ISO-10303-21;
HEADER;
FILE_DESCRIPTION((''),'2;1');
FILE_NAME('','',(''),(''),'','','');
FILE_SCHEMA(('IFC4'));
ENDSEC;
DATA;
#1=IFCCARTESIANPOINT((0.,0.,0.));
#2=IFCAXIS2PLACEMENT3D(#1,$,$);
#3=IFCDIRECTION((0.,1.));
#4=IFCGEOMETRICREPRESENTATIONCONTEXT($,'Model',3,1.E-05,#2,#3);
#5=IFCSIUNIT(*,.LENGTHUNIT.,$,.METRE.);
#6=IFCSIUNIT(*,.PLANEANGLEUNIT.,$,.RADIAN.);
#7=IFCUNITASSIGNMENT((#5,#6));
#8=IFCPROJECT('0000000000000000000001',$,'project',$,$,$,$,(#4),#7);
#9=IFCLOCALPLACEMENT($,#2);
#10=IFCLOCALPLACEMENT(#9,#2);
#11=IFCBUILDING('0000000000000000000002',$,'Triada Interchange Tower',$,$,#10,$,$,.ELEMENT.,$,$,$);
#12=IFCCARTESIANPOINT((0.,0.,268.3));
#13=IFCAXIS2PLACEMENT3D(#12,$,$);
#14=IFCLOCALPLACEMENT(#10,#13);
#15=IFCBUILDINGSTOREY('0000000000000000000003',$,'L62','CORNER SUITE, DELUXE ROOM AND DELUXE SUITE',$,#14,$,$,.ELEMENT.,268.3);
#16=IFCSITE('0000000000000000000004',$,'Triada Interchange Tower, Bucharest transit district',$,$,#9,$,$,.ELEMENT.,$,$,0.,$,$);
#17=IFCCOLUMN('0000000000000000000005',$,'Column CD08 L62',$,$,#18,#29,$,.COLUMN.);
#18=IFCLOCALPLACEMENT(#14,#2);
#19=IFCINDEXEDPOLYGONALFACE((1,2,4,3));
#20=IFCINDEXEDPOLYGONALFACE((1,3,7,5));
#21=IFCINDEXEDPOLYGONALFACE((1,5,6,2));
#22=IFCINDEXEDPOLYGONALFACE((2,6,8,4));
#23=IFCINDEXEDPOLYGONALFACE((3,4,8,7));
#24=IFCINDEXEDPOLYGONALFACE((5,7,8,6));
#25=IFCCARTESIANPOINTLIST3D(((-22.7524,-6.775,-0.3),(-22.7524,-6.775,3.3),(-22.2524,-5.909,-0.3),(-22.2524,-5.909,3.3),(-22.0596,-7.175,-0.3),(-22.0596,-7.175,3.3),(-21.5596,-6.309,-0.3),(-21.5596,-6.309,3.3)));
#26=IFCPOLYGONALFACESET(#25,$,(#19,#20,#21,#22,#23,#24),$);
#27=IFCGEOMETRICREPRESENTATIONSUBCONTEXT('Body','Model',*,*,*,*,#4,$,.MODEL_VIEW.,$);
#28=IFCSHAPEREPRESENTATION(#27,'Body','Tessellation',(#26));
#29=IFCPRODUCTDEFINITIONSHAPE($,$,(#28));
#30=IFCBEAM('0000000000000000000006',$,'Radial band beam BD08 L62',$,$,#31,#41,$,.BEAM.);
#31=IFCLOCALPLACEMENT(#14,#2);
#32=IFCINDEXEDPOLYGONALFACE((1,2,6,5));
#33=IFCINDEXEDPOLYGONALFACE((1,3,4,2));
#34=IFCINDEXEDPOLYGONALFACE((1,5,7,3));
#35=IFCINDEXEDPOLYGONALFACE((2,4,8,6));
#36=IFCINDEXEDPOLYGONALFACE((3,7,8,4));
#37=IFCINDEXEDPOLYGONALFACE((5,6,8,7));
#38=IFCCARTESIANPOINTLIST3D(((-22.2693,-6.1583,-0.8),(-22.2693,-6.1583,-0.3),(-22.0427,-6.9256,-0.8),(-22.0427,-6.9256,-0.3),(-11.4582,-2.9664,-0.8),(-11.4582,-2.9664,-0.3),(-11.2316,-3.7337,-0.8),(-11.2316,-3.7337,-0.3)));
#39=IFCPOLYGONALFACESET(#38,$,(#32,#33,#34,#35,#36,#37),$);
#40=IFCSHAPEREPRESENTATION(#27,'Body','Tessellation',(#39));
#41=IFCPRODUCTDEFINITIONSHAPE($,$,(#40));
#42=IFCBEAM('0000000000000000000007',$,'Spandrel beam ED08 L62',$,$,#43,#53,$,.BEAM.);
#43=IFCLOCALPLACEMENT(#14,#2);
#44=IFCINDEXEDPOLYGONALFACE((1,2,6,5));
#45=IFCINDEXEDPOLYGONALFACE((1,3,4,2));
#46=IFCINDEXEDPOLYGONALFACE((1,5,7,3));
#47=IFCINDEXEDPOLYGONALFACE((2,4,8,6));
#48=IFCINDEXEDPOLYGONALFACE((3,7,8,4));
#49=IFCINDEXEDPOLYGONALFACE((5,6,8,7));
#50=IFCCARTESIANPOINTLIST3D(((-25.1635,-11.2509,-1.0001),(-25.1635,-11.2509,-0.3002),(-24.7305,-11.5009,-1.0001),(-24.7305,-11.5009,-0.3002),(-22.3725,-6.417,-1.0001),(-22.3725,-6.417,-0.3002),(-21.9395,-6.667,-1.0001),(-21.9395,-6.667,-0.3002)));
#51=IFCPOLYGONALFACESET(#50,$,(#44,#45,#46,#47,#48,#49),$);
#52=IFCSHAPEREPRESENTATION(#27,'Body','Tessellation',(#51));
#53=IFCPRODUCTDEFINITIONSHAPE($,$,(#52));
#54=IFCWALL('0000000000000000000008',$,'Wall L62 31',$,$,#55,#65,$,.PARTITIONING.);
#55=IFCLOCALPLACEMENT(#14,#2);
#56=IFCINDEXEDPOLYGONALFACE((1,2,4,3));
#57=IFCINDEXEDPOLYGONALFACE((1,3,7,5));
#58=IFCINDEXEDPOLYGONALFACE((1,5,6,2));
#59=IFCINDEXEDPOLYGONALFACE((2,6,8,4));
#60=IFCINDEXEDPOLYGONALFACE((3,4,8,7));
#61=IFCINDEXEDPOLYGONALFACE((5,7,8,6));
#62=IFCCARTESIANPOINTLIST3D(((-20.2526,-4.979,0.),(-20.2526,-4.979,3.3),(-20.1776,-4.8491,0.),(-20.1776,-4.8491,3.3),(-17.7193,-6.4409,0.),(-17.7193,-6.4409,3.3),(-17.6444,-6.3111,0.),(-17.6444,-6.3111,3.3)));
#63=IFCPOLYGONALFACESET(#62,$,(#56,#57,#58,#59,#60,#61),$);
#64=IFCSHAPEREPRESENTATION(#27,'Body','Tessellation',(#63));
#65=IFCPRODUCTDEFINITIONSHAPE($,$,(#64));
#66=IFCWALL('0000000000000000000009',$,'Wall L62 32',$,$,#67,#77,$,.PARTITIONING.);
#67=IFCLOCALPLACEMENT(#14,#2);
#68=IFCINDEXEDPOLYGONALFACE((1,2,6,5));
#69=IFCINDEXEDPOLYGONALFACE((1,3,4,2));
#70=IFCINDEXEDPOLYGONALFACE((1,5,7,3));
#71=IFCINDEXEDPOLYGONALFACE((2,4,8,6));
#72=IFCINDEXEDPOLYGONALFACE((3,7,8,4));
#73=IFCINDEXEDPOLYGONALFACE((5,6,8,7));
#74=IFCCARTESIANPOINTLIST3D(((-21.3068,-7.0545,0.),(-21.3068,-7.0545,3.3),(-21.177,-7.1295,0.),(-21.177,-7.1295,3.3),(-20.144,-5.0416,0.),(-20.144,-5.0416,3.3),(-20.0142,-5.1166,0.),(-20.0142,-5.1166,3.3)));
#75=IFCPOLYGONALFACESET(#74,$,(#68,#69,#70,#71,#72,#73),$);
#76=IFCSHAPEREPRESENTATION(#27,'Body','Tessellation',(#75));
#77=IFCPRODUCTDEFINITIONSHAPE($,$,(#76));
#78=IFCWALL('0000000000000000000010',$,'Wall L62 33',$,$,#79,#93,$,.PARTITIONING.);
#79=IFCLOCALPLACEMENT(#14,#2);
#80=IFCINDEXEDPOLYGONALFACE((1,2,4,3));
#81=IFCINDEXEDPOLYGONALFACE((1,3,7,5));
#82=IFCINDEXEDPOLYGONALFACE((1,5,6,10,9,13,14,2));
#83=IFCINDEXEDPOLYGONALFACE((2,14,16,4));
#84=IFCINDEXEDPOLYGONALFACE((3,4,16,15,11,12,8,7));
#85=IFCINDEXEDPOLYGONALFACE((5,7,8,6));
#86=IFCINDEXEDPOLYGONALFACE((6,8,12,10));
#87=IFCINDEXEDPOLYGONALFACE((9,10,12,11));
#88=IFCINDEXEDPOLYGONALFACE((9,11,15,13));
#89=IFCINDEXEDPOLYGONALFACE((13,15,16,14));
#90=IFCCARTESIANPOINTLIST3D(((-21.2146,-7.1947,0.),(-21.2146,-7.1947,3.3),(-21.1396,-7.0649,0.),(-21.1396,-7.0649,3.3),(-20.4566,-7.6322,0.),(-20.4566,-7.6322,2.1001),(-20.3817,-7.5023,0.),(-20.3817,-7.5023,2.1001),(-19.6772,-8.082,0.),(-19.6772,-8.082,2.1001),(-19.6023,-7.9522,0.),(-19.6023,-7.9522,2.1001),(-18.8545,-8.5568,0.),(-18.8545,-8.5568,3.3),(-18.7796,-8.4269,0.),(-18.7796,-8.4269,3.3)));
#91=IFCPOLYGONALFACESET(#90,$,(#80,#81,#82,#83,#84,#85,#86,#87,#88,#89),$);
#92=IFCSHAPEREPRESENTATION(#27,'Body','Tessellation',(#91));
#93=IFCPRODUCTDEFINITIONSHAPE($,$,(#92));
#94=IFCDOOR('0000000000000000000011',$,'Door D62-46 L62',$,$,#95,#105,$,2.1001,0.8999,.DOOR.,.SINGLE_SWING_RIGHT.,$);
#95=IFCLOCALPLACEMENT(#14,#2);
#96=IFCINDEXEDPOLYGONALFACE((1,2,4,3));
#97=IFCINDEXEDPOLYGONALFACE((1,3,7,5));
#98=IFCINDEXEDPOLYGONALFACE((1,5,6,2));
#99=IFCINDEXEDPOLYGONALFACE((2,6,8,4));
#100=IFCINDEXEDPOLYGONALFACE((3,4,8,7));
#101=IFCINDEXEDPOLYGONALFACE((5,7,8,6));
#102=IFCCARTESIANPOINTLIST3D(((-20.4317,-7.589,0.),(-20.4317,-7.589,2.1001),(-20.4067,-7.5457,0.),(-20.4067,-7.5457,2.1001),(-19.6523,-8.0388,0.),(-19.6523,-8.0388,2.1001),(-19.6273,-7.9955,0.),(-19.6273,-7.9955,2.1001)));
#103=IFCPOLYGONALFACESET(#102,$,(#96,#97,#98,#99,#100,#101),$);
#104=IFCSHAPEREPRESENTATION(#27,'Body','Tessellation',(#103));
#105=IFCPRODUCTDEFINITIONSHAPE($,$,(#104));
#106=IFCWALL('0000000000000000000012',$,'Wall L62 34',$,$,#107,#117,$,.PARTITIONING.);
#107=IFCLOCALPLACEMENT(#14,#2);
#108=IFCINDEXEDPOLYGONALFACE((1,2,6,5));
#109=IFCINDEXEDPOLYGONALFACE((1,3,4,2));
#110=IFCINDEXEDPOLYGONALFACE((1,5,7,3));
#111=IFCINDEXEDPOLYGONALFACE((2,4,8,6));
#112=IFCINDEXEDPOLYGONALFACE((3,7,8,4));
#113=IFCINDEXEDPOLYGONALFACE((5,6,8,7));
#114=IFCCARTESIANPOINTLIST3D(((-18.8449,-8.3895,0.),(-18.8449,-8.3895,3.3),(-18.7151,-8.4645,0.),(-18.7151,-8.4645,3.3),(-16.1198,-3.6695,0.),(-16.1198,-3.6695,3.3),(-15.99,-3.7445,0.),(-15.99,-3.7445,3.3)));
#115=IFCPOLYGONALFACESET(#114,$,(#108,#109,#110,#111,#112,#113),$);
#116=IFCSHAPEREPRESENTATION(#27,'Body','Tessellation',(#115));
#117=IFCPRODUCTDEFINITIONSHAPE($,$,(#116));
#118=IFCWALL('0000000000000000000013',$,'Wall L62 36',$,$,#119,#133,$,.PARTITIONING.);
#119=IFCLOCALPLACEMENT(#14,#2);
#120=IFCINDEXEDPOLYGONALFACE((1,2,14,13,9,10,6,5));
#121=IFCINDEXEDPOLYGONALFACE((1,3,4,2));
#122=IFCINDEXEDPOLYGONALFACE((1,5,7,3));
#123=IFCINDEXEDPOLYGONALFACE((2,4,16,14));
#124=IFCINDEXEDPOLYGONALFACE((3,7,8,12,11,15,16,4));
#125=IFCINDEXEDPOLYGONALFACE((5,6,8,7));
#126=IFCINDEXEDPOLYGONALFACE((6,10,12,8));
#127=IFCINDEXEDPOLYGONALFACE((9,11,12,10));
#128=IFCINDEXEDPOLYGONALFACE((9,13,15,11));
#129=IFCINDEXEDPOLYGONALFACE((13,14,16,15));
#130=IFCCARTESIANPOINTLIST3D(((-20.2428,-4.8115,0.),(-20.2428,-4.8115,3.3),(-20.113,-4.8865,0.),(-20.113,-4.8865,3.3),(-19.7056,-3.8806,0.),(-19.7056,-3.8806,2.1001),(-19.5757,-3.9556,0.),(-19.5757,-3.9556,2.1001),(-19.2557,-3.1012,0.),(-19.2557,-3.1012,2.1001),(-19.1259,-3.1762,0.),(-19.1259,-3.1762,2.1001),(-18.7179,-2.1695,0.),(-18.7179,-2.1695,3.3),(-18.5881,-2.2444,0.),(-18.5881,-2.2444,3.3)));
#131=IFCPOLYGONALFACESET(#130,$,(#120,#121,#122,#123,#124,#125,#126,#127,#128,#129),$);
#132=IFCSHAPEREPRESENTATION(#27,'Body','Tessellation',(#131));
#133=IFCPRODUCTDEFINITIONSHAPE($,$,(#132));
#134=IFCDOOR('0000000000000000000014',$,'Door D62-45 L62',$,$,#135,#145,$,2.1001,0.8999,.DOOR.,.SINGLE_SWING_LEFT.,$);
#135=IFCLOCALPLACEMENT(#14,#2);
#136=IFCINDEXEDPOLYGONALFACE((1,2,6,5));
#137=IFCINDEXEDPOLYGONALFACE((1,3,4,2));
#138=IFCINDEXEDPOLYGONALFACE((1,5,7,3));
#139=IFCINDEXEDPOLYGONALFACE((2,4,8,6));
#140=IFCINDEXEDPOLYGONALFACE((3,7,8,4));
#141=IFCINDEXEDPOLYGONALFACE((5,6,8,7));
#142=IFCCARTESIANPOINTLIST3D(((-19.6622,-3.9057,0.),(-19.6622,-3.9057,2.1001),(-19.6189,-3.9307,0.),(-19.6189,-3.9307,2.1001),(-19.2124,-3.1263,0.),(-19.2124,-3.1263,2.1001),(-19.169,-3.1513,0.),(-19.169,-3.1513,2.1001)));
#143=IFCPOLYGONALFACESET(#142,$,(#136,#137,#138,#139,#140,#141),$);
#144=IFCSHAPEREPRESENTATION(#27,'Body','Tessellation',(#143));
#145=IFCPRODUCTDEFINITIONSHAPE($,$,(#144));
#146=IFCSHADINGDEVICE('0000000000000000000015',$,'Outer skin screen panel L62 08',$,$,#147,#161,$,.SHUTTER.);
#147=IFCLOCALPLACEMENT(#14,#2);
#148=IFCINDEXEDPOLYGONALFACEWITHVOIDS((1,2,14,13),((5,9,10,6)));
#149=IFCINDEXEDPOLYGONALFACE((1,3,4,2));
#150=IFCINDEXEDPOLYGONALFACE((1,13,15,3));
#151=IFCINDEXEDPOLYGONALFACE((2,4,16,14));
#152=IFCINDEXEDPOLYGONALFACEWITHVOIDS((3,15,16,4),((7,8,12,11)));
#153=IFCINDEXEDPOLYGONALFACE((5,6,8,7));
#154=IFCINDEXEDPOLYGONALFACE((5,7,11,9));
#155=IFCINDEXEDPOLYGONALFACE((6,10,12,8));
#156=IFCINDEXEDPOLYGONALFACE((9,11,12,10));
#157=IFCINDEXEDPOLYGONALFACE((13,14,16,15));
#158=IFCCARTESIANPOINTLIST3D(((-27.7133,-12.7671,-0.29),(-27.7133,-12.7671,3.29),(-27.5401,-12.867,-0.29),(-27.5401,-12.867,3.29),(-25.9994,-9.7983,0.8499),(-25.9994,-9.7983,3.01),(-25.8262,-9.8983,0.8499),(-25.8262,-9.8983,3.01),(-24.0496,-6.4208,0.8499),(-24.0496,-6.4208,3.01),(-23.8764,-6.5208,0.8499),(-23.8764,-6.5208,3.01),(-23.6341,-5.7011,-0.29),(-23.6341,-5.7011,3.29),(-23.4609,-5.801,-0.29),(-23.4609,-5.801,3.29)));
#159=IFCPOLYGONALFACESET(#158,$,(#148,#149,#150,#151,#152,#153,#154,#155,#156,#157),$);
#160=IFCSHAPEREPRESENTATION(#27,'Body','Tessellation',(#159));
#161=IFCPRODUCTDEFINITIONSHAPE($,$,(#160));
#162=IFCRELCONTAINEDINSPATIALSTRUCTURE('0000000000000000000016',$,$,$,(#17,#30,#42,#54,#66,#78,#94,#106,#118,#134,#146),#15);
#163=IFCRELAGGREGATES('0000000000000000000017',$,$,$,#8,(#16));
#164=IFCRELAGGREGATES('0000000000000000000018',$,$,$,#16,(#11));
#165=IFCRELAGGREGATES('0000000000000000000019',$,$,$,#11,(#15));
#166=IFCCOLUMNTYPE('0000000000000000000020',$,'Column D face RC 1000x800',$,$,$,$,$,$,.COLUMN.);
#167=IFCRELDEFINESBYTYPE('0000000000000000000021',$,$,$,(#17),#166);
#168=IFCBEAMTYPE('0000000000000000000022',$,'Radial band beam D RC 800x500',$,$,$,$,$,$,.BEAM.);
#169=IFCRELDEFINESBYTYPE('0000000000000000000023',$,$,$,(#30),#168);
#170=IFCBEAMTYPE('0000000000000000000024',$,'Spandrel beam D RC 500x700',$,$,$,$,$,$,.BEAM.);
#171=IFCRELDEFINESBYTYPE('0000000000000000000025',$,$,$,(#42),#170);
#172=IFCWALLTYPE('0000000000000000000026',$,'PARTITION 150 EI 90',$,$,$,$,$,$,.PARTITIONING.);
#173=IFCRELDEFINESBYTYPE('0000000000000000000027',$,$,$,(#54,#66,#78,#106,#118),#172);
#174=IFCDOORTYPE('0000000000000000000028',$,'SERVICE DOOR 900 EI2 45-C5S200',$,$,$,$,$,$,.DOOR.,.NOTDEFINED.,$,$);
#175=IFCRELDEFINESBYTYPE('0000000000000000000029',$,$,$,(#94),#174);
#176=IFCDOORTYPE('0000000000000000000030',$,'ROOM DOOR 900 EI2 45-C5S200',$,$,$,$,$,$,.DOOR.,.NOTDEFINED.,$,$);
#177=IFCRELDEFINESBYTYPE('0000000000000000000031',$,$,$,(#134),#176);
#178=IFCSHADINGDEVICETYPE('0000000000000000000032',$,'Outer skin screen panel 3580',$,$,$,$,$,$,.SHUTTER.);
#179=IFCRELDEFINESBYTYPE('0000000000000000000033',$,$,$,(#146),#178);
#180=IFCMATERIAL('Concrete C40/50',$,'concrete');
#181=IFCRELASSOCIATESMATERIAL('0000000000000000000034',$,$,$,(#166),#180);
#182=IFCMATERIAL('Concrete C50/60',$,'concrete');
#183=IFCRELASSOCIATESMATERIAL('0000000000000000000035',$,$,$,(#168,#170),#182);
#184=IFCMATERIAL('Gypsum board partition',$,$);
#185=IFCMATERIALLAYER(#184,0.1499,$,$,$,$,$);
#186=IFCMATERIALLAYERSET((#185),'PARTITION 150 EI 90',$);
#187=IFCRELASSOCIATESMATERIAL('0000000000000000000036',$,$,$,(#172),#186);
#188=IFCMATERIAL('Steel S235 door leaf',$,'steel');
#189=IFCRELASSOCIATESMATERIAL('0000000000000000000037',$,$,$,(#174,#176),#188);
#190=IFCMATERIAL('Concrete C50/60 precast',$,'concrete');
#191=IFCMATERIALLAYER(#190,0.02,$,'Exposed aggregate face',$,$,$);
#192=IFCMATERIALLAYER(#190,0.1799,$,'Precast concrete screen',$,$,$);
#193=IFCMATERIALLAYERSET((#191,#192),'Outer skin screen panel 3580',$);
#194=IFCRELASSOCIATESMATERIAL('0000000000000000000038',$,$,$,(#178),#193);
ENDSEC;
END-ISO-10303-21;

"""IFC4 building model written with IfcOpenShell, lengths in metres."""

from ifc_helpers import new_model, si_unit, direction, frame, frame_2d, origin, origin_2d, place, context, subcontext, project, spatial, polyline, rectangle, outline, extrude, material, layer, layer_set, material_profile, profile_set, type_object, element, fill, save


model = new_model("IFC4")

# Units and contexts
model_context = context("Model", 3, precision=1e-05, world=origin(), true_north=direction((0.0, 1.0)))
body_context = subcontext(model_context, "Body", "Model", "MODEL_VIEW")
ifc_project = project(units=[si_unit("LENGTHUNIT", "METRE"), si_unit("PLANEANGLEUNIT", "RADIAN")], contexts=[model_context])

# Site, building, storey
site_placement = place(None, origin())
site = spatial("IfcSite", under=ifc_project, at=site_placement, Name="Triada Interchange Tower, Bucharest transit district", CompositionType="ELEMENT", RefElevation=0.0)
building_placement = place(site_placement, origin())
building = spatial("IfcBuilding", under=site, at=building_placement, Name="Triada Interchange Tower", CompositionType="ELEMENT")
storey_placement = place(building_placement, frame((0.0, 0.0, 268.3)))
storey = spatial("IfcBuildingStorey", under=building, at=storey_placement, Name="L62", Description="CORNER SUITE, DELUXE ROOM AND DELUXE SUITE", CompositionType="ELEMENT", Elevation=268.3)

# Column
ifc_material_1 = material(Name="Concrete C40/50", Category="concrete")
ifc_material_profile_1 = material_profile(ifc_material_1, rectangle(XDim=1.0, YDim=0.8, at=origin_2d()), Name="RC 1000x800")
ifc_profile_set_1 = profile_set([ifc_material_profile_1], Name="Concrete C40/50")
column_type = type_object("IfcColumnType", Name="Column D face RC 1000x800", PredefinedType="COLUMN", material=ifc_profile_set_1)
column_placement = place(storey_placement, frame((-22.156, -6.542, -0.3), z_axis=(0.0, 0.0, 1.0), x_axis=(0.5, 0.866025, 0.0)))
element("IfcColumn", 1, at=column_placement, inside=storey, type_object=column_type, Name="Column CD08 L62", PredefinedType="COLUMN", context=body_context, shape_type="SweptSolid", body=[
    extrude(rectangle(XDim=1.0, YDim=0.8, at=origin_2d()), origin(), (0.0, 0.0, 1.0), 3.6001),
])

# Beams
ifc_material_2 = material(Name="Concrete C50/60", Category="concrete")
ifc_material_profile_2 = material_profile(ifc_material_2, rectangle(XDim=0.8, YDim=0.5, at=origin_2d()), Name="RC 800x500")
ifc_profile_set_2 = profile_set([ifc_material_profile_2], Name="Concrete C50/60")
beam_type_1 = type_object("IfcBeamType", Name="Radial band beam D RC 800x500", PredefinedType="BEAM", material=ifc_profile_set_2)
beam_1_placement = place(storey_placement, frame((-22.156, -6.542, -0.55), z_axis=(0.959073, 0.283161, 0.0), x_axis=(-0.283161, 0.959073, 0.0)))
element("IfcBeam", 2, at=beam_1_placement, inside=storey, type_object=beam_type_1, Name="Radial band beam BD08 L62", PredefinedType="BEAM", context=body_context, shape_type="SweptSolid", body=[
    extrude(rectangle(XDim=0.8, YDim=0.5, at=origin_2d()), origin(), (0.0, 0.0, 1.0), 11.2725),
])
ifc_material_profile_3 = material_profile(ifc_material_2, rectangle(XDim=0.5, YDim=0.7, at=origin_2d()), Name="RC 500x700")
ifc_profile_set_3 = profile_set([ifc_material_profile_3], Name="Concrete C50/60")
beam_type_2 = type_object("IfcBeamType", Name="Spandrel beam D RC 500x700", PredefinedType="BEAM", material=ifc_profile_set_3)
beam_2_placement = place(storey_placement, frame((-22.156, -6.542, -0.6501), z_axis=(-0.500015, -0.866017, 0.0), x_axis=(0.866017, -0.500015, 0.0)))
element("IfcBeam", 3, at=beam_2_placement, inside=storey, type_object=beam_type_2, Name="Spandrel beam ED08 L62", PredefinedType="BEAM", context=body_context, shape_type="SweptSolid", body=[
    extrude(rectangle(XDim=0.5, YDim=0.7, at=origin_2d()), origin(), (0.0, 0.0, 1.0), 5.5818),
])

# Walls
ifc_material_3 = material(Name="Gypsum board partition")
ifc_layer_1 = layer(ifc_material_3, 0.1499)
ifc_layer_set_1 = layer_set([ifc_layer_1], Name="PARTITION 150 EI 90")
wall_type = type_object("IfcWallType", Name="PARTITION 150 EI 90", PredefinedType="PARTITIONING", material=ifc_layer_set_1)
wall_1_placement = place(storey_placement, frame((-20.2151, -4.9141, 0.0), z_axis=(0.0, 0.0, 1.0), x_axis=(0.866119, -0.499838, 0.0)))
element("IfcWall", 4, at=wall_1_placement, inside=storey, type_object=wall_type, Name="Wall L62 31", PredefinedType="PARTITIONING", context=body_context, shape_type="SweptSolid", body=[
    extrude(rectangle(XDim=2.9248, YDim=0.1499, at=frame_2d((1.4624, 0.0))), origin(), (0.0, 0.0, 1.0), 3.3),
])
wall_2_placement = place(storey_placement, frame((-21.2419, -7.092, 0.0), z_axis=(0.0, 0.0, 1.0), x_axis=(0.500216, 0.8659, 0.0)))
element("IfcWall", 5, at=wall_2_placement, inside=storey, type_object=wall_type, Name="Wall L62 32", PredefinedType="PARTITIONING", context=body_context, shape_type="SweptSolid", body=[
    extrude(rectangle(XDim=2.3247, YDim=0.1499, at=frame_2d((1.1624, 0.0))), origin(), (0.0, 0.0, 1.0), 3.3),
])

# Wall, opening, door
wall_3_placement = place(storey_placement, frame((-21.177, -7.1299, 0.0), z_axis=(0.0, 0.0, 1.0), x_axis=(0.866112, -0.499849, 0.0)))
wall_3 = element("IfcWall", 6, at=wall_3_placement, inside=storey, type_object=wall_type, Name="Wall L62 33", PredefinedType="PARTITIONING", context=body_context, shape_type="SweptSolid", body=[
    extrude(rectangle(XDim=2.7249, YDim=0.1499, at=frame_2d((1.3623, 0.0))), origin(), (0.0, 0.0, 1.0), 3.3),
])
opening_1_placement = place(wall_3_placement, frame((0.875, 0.0, 0.0)))
opening_1 = element("IfcOpeningElement", 7, at=opening_1_placement, cuts=wall_3, PredefinedType="OPENING", context=body_context, shape_type="SweptSolid", body=[
    extrude(rectangle(XDim=0.8999, YDim=2.1001, at=frame_2d((0.45, 1.05))), frame((0.0, 0.085, 0.0), z_axis=(0.0, -1.0, 0.0), x_axis=(1.0, 0.0, 0.0)), (0.0, 0.0, 1.0), 0.1699),
])
ifc_material_4 = material(Name="Steel S235 door leaf", Category="steel")
door_type_1 = type_object("IfcDoorType", Name="SERVICE DOOR 900 EI2 45-C5S200", OperationType="NOTDEFINED", PredefinedType="DOOR", material=ifc_material_4)
door_1_placement = place(opening_1_placement, origin())
door_1 = element("IfcDoor", 8, at=door_1_placement, inside=storey, type_object=door_type_1, Name="Door D62-46 L62", OperationType="SINGLE_SWING_RIGHT", OverallHeight=2.1001, OverallWidth=0.8999, PredefinedType="DOOR", context=body_context, shape_type="SweptSolid", body=[
    extrude(rectangle(XDim=0.8999, YDim=2.1001, at=frame_2d((0.45, 1.05))), frame((0.0, 0.0249, 0.0), z_axis=(0.0, -1.0, 0.0), x_axis=(1.0, 0.0, 0.0)), (0.0, 0.0, 1.0), 0.05),
])
fill(opening_1, door_1)

# Wall
wall_4_placement = place(storey_placement, frame((-18.78, -8.427, 0.0), z_axis=(0.0, 0.0, 1.0), x_axis=(0.500003, 0.866024, 0.0)))
element("IfcWall", 9, at=wall_4_placement, inside=storey, type_object=wall_type, Name="Wall L62 34", PredefinedType="PARTITIONING", context=body_context, shape_type="SweptSolid", body=[
    extrude(rectangle(XDim=5.4502, YDim=0.1499, at=frame_2d((2.7251, 0.0))), origin(), (0.0, 0.0, 1.0), 3.3),
])

# Wall, opening, door
wall_5_placement = place(storey_placement, frame((-20.178, -4.8491, 0.0), z_axis=(0.0, 0.0, 1.0), x_axis=(0.499875, 0.866098, 0.0)))
wall_5 = element("IfcWall", 10, at=wall_5_placement, inside=storey, type_object=wall_type, Name="Wall L62 36", PredefinedType="PARTITIONING", context=body_context, shape_type="SweptSolid", body=[
    extrude(rectangle(XDim=3.0505, YDim=0.1499, at=frame_2d((1.5254, 0.0))), origin(), (0.0, 0.0, 1.0), 3.3),
])
opening_2_placement = place(wall_5_placement, frame((1.075, 0.0, 0.0)))
opening_2 = element("IfcOpeningElement", 11, at=opening_2_placement, cuts=wall_5, PredefinedType="OPENING", context=body_context, shape_type="SweptSolid", body=[
    extrude(rectangle(XDim=0.8999, YDim=2.1001, at=frame_2d((0.45, 1.05))), frame((0.0, 0.085, 0.0), z_axis=(0.0, -1.0, 0.0), x_axis=(1.0, 0.0, 0.0)), (0.0, 0.0, 1.0), 0.1699),
])
door_type_2 = type_object("IfcDoorType", Name="ROOM DOOR 900 EI2 45-C5S200", OperationType="NOTDEFINED", PredefinedType="DOOR", material=ifc_material_4)
door_2_placement = place(opening_2_placement, origin())
door_2 = element("IfcDoor", 12, at=door_2_placement, inside=storey, type_object=door_type_2, Name="Door D62-45 L62", OperationType="SINGLE_SWING_LEFT", OverallHeight=2.1001, OverallWidth=0.8999, PredefinedType="DOOR", context=body_context, shape_type="SweptSolid", body=[
    extrude(rectangle(XDim=0.8999, YDim=2.1001, at=frame_2d((0.45, 1.05))), frame((0.0, 0.0249, 0.0), z_axis=(0.0, -1.0, 0.0), x_axis=(1.0, 0.0, 0.0)), (0.0, 0.0, 1.0), 0.05),
])
fill(opening_2, door_2)

# Shading device
ifc_material_5 = material(Name="Concrete C50/60 precast", Category="concrete")
ifc_layer_2 = layer(ifc_material_5, 0.02, Name="Exposed aggregate face")
ifc_layer_3 = layer(ifc_material_5, 0.1799, Name="Precast concrete screen")
ifc_layer_set_2 = layer_set([ifc_layer_2, ifc_layer_3], Name="Outer skin screen panel 3580")
shading_device_type = type_object("IfcShadingDeviceType", Name="Outer skin screen panel 3580", PredefinedType="SHUTTER", material=ifc_layer_set_2)
shading_device_placement = place(storey_placement, frame((-23.4609, -5.801, -0.29), z_axis=(0.0, 0.0, 1.0), x_axis=(-0.499962, -0.866047, 0.0)))
element("IfcShadingDevice", 13, at=shading_device_placement, inside=storey, type_object=shading_device_type, Name="Outer skin screen panel L62 08", PredefinedType="SHUTTER", context=body_context, shape_type="SweptSolid", body=[
    extrude(outline(polyline([(0.0, 0.0), (8.1589, 0.0), (8.1589, 3.5801), (0.0, 3.5801), (0.0, 0.0)]), holes=[polyline([(0.8311, 1.1399), (0.8311, 3.3), (4.731, 3.3), (4.731, 1.1399), (0.8311, 1.1399)])]), frame((0.0, 0.0, 0.0), z_axis=(0.0, -1.0, 0.0), x_axis=(1.0, 0.0, 0.0)), (0.0, 0.0, 1.0), 0.2),
])

save(model, "model.ifc")
